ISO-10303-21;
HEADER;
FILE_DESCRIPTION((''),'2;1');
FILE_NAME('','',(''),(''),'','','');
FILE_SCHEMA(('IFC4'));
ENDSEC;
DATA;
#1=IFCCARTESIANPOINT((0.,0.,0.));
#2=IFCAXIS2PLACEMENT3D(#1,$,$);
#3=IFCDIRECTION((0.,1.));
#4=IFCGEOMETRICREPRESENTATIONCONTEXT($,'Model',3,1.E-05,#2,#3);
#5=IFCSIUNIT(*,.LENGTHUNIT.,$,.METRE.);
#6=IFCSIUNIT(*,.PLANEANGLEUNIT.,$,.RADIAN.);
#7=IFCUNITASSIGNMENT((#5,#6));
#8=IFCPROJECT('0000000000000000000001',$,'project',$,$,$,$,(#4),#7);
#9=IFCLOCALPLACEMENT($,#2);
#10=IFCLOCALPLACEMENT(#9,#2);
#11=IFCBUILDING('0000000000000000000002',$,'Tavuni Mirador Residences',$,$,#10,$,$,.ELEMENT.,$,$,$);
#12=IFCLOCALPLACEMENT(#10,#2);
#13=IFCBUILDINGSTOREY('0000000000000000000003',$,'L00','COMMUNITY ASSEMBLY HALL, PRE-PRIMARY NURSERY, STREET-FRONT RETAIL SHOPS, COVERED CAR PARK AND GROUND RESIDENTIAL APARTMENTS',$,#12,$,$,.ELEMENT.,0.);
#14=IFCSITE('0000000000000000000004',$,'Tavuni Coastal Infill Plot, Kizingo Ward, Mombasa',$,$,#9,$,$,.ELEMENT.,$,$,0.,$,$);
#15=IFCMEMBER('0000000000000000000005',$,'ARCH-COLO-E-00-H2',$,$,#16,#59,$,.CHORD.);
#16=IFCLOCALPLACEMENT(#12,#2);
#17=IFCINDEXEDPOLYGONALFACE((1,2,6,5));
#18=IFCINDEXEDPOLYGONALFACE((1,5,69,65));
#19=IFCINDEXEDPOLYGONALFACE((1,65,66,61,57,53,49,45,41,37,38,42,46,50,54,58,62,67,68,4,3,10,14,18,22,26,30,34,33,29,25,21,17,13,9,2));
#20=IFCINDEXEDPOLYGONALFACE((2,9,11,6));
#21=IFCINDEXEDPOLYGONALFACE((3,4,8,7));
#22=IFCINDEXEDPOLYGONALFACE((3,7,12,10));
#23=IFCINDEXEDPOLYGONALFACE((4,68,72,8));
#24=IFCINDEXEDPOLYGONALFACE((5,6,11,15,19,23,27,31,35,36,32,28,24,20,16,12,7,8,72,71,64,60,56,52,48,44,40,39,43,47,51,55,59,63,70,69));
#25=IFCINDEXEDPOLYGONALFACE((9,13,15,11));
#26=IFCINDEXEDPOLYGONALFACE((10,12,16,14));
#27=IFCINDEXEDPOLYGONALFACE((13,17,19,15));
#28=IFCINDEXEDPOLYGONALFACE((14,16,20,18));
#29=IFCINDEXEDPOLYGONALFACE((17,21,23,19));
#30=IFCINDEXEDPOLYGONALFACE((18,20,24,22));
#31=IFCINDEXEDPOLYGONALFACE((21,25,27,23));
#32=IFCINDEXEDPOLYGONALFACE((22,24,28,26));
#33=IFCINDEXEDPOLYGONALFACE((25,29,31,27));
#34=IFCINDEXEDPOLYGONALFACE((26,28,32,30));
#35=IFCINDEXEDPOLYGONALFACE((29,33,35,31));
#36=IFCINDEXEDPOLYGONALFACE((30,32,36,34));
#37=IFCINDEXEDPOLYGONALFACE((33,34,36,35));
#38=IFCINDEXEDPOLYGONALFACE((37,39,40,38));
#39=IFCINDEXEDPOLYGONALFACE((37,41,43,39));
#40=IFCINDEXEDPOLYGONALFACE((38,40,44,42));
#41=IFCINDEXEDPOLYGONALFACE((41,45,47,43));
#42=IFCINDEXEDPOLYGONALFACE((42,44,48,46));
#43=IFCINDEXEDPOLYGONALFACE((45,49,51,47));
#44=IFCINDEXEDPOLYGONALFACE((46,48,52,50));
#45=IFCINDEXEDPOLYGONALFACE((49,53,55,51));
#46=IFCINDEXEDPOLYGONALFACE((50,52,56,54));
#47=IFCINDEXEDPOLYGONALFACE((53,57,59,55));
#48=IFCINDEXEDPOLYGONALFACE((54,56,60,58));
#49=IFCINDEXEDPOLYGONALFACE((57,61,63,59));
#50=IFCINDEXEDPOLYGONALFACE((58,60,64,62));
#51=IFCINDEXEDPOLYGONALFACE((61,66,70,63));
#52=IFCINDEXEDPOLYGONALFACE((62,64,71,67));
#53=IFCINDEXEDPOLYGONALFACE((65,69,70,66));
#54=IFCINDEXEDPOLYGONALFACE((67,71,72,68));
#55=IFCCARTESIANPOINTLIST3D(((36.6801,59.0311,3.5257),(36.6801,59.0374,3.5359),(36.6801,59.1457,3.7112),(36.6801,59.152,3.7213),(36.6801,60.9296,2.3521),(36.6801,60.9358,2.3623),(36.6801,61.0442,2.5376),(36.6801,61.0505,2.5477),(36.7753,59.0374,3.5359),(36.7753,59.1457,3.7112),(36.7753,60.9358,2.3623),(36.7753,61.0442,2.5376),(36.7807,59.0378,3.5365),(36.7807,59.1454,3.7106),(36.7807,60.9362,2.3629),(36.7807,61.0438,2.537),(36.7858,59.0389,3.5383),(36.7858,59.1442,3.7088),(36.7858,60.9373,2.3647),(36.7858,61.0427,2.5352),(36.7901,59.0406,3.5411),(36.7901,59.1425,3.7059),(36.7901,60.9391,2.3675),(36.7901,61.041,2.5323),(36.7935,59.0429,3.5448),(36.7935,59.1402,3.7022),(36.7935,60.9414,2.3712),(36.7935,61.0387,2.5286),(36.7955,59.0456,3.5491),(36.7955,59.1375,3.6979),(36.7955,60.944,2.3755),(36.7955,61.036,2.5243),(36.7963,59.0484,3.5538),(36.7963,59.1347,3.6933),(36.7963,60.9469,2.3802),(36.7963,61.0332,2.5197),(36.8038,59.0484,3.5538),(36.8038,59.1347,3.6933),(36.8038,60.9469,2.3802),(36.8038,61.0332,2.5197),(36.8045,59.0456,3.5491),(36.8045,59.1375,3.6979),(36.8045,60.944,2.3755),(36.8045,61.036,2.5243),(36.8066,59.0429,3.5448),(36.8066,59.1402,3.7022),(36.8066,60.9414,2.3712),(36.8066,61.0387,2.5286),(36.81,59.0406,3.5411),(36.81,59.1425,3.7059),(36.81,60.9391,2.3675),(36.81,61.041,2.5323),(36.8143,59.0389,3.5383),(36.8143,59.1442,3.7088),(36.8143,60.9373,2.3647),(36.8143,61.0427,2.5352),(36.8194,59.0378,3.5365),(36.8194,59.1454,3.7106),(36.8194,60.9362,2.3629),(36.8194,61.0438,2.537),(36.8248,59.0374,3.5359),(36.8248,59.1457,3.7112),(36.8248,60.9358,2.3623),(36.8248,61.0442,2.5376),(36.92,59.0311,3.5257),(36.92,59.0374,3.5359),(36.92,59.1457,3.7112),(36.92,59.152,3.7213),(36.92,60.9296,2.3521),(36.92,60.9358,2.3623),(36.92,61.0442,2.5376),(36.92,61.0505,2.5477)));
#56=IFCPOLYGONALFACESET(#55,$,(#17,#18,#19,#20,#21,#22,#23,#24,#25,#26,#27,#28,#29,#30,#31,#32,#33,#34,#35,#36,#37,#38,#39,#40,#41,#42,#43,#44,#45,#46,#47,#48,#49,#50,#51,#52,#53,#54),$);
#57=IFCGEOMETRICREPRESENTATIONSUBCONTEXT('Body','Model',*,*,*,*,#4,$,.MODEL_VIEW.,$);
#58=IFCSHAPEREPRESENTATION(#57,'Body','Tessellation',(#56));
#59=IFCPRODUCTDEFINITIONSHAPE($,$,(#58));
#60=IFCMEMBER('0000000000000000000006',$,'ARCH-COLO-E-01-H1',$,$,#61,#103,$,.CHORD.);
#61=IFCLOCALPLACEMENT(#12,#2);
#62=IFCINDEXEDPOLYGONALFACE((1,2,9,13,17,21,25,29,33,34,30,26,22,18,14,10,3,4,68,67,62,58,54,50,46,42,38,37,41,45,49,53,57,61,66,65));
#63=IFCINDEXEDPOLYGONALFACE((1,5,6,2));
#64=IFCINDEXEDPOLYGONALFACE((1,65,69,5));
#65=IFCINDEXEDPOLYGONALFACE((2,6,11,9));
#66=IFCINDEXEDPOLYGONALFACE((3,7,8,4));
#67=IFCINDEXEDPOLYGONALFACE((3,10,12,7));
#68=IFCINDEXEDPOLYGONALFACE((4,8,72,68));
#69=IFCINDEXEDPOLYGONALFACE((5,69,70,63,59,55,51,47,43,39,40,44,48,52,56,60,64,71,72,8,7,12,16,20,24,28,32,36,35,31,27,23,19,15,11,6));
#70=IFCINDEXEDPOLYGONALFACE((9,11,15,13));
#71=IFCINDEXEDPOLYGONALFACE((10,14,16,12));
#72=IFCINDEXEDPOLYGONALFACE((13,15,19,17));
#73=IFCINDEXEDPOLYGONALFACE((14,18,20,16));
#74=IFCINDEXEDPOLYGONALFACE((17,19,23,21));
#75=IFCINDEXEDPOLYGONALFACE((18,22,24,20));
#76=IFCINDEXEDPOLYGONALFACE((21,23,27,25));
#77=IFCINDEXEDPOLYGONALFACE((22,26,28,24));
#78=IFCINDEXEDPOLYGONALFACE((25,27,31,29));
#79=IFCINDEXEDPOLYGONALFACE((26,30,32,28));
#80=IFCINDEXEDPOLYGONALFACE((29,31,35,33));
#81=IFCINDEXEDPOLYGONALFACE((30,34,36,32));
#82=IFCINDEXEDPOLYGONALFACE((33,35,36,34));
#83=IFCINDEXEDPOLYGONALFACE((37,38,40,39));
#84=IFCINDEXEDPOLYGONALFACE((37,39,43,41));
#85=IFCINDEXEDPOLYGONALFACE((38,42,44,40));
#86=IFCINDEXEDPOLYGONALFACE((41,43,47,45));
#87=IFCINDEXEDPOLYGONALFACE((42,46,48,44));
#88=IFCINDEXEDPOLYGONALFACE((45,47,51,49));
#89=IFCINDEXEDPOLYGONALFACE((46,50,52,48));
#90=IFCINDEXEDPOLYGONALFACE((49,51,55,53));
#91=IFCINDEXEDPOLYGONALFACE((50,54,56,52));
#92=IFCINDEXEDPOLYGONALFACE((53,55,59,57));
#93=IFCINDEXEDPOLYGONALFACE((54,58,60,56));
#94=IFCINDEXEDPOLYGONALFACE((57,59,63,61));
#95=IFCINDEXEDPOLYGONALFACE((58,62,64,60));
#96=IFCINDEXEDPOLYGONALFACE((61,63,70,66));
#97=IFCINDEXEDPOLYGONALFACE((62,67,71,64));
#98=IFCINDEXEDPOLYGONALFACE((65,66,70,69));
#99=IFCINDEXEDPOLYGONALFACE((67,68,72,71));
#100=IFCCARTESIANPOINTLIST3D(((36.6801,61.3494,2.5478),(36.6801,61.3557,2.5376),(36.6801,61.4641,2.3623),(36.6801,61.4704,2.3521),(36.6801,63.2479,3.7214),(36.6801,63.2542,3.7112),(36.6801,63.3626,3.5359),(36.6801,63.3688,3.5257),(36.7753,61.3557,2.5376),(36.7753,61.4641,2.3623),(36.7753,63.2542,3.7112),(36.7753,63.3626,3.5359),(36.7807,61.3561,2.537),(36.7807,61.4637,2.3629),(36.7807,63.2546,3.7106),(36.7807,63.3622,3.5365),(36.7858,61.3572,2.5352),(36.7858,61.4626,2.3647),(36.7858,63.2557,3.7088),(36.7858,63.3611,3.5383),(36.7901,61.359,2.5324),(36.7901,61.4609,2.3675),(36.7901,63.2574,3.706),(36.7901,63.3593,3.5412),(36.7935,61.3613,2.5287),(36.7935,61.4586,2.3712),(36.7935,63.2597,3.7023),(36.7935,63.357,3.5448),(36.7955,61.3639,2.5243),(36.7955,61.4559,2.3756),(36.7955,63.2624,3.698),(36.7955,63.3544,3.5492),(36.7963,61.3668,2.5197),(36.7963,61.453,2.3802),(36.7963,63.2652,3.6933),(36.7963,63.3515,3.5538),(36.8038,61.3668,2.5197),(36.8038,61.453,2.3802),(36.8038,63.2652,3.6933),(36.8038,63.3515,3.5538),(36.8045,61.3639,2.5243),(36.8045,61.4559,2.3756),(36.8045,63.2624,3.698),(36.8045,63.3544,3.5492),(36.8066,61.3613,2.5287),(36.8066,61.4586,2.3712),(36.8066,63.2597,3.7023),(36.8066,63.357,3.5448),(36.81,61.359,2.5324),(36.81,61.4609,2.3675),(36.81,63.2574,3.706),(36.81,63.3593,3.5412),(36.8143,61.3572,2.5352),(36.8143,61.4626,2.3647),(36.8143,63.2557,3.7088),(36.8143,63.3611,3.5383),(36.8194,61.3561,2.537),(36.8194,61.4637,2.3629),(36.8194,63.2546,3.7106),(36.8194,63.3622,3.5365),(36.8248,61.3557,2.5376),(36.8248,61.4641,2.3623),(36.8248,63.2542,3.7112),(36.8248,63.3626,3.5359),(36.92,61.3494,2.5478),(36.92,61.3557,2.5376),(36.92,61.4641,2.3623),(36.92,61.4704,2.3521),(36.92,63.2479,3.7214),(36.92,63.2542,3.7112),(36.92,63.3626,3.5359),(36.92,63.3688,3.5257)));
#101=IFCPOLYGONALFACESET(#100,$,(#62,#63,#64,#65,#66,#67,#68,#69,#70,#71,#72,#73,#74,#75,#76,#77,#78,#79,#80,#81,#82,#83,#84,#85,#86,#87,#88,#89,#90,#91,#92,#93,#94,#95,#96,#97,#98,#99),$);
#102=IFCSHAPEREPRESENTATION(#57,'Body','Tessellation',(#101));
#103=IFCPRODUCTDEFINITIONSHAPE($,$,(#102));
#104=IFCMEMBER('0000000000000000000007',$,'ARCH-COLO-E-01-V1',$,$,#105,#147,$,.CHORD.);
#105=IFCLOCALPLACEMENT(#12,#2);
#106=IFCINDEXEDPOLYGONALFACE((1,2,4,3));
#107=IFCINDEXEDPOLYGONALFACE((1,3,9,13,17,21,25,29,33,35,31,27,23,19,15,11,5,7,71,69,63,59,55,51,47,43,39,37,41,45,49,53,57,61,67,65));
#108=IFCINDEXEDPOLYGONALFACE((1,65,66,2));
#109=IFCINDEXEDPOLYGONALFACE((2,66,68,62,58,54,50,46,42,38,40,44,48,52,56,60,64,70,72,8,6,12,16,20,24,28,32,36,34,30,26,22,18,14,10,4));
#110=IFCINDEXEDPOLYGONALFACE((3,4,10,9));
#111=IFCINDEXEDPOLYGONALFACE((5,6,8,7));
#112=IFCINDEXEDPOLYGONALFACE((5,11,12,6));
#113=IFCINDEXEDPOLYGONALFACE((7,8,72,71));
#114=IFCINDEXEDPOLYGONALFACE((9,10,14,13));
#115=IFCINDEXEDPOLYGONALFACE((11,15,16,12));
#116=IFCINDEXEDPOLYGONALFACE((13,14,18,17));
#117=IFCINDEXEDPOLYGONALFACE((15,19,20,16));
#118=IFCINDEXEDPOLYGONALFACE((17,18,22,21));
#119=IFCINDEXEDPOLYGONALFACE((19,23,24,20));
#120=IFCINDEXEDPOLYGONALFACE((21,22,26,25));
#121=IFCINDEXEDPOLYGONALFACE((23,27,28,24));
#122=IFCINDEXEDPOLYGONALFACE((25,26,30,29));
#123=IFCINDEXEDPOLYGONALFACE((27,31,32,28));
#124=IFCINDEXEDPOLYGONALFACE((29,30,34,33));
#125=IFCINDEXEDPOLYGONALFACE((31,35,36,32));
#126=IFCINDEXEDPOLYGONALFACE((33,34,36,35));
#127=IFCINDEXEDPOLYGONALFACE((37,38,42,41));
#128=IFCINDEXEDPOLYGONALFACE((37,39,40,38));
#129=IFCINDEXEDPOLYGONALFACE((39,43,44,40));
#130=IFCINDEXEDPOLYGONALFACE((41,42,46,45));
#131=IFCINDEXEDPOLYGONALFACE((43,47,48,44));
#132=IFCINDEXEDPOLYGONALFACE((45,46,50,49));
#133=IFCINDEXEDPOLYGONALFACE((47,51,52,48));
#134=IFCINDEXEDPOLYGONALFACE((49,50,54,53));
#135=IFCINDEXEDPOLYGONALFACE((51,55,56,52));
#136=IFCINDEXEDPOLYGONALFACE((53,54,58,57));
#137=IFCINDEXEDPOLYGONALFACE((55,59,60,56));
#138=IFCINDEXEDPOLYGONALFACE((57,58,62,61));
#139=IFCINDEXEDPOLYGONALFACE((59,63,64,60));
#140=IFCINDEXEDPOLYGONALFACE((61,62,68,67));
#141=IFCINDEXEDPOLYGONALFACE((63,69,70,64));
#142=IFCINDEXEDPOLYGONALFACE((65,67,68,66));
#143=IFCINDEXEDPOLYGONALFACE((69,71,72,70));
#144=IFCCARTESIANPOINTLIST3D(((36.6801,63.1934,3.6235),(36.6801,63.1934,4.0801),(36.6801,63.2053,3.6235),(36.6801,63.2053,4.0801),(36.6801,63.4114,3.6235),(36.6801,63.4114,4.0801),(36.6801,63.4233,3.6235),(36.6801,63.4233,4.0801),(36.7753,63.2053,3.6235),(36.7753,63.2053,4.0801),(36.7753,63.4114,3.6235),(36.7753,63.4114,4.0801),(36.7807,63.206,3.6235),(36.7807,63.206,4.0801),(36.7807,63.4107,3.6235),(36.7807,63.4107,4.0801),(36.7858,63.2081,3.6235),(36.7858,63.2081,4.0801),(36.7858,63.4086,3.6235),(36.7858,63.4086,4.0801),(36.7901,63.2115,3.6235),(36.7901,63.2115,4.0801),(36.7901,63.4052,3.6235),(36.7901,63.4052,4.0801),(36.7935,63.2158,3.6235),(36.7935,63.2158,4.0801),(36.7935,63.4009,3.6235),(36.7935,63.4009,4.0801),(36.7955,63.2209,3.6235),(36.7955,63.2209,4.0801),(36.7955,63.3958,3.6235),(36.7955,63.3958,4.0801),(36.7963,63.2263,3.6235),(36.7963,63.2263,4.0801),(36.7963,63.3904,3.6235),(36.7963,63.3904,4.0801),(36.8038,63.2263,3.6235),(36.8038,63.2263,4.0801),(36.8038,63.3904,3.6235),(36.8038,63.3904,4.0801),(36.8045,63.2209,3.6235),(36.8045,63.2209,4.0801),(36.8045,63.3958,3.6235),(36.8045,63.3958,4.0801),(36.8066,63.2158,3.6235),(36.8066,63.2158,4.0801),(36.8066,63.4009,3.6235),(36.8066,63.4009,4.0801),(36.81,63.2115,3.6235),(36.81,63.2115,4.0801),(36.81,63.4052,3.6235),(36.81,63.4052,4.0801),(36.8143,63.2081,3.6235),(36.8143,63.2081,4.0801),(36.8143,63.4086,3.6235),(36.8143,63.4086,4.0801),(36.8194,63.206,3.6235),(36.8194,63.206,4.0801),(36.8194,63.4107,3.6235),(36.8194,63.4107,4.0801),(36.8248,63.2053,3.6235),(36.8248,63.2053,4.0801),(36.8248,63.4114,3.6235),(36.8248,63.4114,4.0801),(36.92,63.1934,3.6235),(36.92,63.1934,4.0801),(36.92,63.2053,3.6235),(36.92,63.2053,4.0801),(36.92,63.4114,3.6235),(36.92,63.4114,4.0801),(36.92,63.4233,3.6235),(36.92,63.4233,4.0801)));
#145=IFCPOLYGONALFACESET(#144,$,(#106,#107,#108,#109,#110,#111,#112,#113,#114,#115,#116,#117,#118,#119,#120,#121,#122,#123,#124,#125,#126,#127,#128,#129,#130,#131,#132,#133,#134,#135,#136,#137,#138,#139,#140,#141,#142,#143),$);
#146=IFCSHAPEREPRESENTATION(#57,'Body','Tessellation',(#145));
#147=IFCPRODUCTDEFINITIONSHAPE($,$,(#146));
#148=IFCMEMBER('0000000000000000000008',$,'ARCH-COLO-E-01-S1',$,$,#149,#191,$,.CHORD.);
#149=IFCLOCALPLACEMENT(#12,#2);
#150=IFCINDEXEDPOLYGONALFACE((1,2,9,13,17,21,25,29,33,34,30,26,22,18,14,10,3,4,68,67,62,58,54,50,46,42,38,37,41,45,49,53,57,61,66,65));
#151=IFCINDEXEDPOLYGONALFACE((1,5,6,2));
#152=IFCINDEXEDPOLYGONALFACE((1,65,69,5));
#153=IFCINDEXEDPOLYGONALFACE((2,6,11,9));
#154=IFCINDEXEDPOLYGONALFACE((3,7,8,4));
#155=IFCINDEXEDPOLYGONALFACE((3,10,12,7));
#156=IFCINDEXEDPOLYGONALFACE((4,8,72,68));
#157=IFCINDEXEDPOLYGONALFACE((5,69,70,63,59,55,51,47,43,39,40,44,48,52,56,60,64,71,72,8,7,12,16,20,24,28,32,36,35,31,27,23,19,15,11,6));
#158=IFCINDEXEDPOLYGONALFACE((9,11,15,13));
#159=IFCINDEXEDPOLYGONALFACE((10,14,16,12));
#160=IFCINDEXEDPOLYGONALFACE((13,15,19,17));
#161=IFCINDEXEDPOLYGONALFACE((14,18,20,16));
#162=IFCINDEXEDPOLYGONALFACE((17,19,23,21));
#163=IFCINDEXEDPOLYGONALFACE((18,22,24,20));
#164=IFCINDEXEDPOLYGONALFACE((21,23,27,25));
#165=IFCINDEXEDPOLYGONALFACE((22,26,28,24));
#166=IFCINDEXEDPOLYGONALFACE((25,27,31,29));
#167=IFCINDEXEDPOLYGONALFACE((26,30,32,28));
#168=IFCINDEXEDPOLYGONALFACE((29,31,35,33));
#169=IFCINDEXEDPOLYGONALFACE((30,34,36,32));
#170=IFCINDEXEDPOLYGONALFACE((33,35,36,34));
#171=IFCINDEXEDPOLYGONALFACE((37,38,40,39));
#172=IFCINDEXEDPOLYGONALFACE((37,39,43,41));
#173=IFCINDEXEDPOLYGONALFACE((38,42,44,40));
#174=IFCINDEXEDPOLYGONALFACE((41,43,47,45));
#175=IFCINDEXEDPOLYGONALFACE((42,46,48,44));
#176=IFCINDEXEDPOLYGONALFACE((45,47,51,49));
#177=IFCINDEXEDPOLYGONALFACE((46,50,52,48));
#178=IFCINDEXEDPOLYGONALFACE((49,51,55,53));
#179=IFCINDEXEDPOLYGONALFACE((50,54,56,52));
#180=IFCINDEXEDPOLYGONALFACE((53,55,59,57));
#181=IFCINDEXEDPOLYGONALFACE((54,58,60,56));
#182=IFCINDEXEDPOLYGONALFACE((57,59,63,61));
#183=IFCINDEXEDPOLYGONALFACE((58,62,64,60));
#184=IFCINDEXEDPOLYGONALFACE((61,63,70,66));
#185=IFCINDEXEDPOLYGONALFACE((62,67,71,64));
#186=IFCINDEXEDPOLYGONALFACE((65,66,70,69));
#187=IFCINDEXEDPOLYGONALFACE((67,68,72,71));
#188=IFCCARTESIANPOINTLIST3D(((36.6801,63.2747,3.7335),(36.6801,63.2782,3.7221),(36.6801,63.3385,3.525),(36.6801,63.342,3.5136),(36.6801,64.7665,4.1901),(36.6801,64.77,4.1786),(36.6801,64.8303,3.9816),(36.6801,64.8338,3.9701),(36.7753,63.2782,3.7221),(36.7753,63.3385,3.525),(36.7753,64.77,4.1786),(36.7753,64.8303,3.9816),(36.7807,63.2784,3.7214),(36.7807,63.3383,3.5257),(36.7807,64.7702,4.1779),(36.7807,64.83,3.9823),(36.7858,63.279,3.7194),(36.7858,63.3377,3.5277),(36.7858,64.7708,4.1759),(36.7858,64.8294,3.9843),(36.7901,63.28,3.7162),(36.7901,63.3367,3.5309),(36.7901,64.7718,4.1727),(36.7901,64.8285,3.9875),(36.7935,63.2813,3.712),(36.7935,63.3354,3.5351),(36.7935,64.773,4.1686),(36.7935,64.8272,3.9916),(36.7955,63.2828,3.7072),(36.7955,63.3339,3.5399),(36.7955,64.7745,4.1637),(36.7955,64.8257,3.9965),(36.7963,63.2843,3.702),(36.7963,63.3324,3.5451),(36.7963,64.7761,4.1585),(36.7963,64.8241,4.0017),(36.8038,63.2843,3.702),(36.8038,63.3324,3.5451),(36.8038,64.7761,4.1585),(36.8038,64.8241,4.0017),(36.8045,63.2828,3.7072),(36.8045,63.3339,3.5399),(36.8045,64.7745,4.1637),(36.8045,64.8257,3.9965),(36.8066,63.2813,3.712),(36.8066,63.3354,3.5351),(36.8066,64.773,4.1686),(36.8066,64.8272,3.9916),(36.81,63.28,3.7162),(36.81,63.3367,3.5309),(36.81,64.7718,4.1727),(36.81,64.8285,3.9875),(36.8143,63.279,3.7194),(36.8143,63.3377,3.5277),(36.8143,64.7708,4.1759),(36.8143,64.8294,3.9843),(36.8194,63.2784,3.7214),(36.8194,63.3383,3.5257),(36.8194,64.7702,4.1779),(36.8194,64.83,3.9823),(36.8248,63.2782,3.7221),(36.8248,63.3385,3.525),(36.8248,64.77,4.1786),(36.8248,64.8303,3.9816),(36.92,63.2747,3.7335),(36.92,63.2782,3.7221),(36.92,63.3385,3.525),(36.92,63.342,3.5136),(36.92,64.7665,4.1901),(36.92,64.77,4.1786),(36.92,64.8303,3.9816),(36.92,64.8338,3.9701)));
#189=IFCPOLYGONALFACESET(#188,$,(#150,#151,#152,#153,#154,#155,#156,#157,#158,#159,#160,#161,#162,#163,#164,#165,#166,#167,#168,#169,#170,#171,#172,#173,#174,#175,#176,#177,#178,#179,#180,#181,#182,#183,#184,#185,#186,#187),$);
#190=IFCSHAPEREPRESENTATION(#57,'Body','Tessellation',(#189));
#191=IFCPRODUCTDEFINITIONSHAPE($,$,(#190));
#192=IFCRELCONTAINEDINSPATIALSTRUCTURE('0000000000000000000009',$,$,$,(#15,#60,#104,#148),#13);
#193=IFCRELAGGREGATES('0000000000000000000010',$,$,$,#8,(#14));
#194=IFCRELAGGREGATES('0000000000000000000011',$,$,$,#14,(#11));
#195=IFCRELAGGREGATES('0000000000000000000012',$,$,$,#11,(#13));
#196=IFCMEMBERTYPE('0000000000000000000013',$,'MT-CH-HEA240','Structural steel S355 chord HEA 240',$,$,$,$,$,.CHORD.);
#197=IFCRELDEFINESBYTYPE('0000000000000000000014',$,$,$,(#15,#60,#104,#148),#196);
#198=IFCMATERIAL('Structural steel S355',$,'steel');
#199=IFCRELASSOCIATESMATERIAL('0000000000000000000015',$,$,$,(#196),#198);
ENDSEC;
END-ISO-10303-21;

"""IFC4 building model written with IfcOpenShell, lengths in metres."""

from ifc_helpers import new_model, si_unit, direction, frame, origin, origin_2d, place, context, subcontext, project, spatial, i_section, extrude, material, material_profile, profile_set, type_object, element, save


model = new_model("IFC4")

# Units and contexts
model_context = context("Model", 3, precision=1e-05, world=origin(), true_north=direction((0.0, 1.0)))
body_context = subcontext(model_context, "Body", "Model", "MODEL_VIEW")
ifc_project = project(units=[si_unit("LENGTHUNIT", "METRE"), si_unit("PLANEANGLEUNIT", "RADIAN")], contexts=[model_context])

# Site, building, storey
site_placement = place(None, origin())
site = spatial("IfcSite", under=ifc_project, at=site_placement, Name="Tavuni Coastal Infill Plot, Kizingo Ward, Mombasa", CompositionType="ELEMENT", RefElevation=0.0)
building_placement = place(site_placement, origin())
building = spatial("IfcBuilding", under=site, at=building_placement, Name="Tavuni Mirador Residences", CompositionType="ELEMENT")
storey_placement = place(building_placement, origin())
storey = spatial("IfcBuildingStorey", under=building, at=storey_placement, Name="L00", Description="COMMUNITY ASSEMBLY HALL, PRE-PRIMARY NURSERY, STREET-FRONT RETAIL SHOPS, COVERED CAR PARK AND GROUND RESIDENTIAL APARTMENTS", CompositionType="ELEMENT", Elevation=0.0)

# Shared definitions
ifc_material_1 = material(Name="Structural steel S355", Category="steel")

# Members
ifc_material_profile_1 = material_profile(ifc_material_1, i_section(OverallWidth=0.24, OverallDepth=0.23, WebThickness=0.0076, FlangeThickness=0.012, FilletRadius=0.021, at=origin_2d()), Name="HEA 240", Category="steel")
ifc_profile_set_1 = profile_set([ifc_material_profile_1], Name="Structural steel S355")
member_type = type_object("IfcMemberType", Name="MT-CH-HEA240", Description="Structural steel S355 chord HEA 240", PredefinedType="CHORD", material=ifc_profile_set_1)
for number, where, z_axis, x_axis, name in (
    (1, (36.8, 59.0916, 3.6235), (0.0, 0.850594, -0.525824), (-1.0, 0.0, 0.0), "ARCH-COLO-E-00-H2"),
    (2, (36.8, 61.4099, 2.45), (0.0, 0.850594, 0.525824), (-1.0, 0.0, 0.0), "ARCH-COLO-E-01-H1"),
):
    element("IfcMember", number, at=place(storey_placement, frame(where, z_axis=z_axis, x_axis=x_axis)), inside=storey, type_object=member_type, Name=name, PredefinedType="CHORD", context=body_context, shape_type="SweptSolid", body=[
        extrude(i_section(OverallWidth=0.24, OverallDepth=0.23, WebThickness=0.0076, FlangeThickness=0.012, FilletRadius=0.021, at=origin_2d()), origin(), (0.0, 0.0, 1.0), 2.2319),
    ])
member_1_placement = place(storey_placement, frame((36.8, 63.3083, 3.6235), z_axis=(0.0, 0.0, 1.0), x_axis=(1.0, 0.0, 0.0)))
element("IfcMember", 3, at=member_1_placement, inside=storey, type_object=member_type, Name="ARCH-COLO-E-01-V1", PredefinedType="CHORD", context=body_context, shape_type="SweptSolid", body=[
    extrude(i_section(OverallWidth=0.24, OverallDepth=0.23, WebThickness=0.0076, FlangeThickness=0.012, FilletRadius=0.021, at=origin_2d()), origin(), (0.0, 0.0, 1.0), 0.4565),
])
member_2_placement = place(storey_placement, frame((36.8, 63.3083, 3.6235), z_axis=(0.0, 0.956218, 0.292656), x_axis=(-1.0, 0.0, 0.0)))
element("IfcMember", 4, at=member_2_placement, inside=storey, type_object=member_type, Name="ARCH-COLO-E-01-S1", PredefinedType="CHORD", context=body_context, shape_type="SweptSolid", body=[
    extrude(i_section(OverallWidth=0.24, OverallDepth=0.23, WebThickness=0.0076, FlangeThickness=0.012, FilletRadius=0.021, at=origin_2d()), origin(), (0.0, 0.0, 1.0), 1.5601),
])

save(model, "model.ifc")
